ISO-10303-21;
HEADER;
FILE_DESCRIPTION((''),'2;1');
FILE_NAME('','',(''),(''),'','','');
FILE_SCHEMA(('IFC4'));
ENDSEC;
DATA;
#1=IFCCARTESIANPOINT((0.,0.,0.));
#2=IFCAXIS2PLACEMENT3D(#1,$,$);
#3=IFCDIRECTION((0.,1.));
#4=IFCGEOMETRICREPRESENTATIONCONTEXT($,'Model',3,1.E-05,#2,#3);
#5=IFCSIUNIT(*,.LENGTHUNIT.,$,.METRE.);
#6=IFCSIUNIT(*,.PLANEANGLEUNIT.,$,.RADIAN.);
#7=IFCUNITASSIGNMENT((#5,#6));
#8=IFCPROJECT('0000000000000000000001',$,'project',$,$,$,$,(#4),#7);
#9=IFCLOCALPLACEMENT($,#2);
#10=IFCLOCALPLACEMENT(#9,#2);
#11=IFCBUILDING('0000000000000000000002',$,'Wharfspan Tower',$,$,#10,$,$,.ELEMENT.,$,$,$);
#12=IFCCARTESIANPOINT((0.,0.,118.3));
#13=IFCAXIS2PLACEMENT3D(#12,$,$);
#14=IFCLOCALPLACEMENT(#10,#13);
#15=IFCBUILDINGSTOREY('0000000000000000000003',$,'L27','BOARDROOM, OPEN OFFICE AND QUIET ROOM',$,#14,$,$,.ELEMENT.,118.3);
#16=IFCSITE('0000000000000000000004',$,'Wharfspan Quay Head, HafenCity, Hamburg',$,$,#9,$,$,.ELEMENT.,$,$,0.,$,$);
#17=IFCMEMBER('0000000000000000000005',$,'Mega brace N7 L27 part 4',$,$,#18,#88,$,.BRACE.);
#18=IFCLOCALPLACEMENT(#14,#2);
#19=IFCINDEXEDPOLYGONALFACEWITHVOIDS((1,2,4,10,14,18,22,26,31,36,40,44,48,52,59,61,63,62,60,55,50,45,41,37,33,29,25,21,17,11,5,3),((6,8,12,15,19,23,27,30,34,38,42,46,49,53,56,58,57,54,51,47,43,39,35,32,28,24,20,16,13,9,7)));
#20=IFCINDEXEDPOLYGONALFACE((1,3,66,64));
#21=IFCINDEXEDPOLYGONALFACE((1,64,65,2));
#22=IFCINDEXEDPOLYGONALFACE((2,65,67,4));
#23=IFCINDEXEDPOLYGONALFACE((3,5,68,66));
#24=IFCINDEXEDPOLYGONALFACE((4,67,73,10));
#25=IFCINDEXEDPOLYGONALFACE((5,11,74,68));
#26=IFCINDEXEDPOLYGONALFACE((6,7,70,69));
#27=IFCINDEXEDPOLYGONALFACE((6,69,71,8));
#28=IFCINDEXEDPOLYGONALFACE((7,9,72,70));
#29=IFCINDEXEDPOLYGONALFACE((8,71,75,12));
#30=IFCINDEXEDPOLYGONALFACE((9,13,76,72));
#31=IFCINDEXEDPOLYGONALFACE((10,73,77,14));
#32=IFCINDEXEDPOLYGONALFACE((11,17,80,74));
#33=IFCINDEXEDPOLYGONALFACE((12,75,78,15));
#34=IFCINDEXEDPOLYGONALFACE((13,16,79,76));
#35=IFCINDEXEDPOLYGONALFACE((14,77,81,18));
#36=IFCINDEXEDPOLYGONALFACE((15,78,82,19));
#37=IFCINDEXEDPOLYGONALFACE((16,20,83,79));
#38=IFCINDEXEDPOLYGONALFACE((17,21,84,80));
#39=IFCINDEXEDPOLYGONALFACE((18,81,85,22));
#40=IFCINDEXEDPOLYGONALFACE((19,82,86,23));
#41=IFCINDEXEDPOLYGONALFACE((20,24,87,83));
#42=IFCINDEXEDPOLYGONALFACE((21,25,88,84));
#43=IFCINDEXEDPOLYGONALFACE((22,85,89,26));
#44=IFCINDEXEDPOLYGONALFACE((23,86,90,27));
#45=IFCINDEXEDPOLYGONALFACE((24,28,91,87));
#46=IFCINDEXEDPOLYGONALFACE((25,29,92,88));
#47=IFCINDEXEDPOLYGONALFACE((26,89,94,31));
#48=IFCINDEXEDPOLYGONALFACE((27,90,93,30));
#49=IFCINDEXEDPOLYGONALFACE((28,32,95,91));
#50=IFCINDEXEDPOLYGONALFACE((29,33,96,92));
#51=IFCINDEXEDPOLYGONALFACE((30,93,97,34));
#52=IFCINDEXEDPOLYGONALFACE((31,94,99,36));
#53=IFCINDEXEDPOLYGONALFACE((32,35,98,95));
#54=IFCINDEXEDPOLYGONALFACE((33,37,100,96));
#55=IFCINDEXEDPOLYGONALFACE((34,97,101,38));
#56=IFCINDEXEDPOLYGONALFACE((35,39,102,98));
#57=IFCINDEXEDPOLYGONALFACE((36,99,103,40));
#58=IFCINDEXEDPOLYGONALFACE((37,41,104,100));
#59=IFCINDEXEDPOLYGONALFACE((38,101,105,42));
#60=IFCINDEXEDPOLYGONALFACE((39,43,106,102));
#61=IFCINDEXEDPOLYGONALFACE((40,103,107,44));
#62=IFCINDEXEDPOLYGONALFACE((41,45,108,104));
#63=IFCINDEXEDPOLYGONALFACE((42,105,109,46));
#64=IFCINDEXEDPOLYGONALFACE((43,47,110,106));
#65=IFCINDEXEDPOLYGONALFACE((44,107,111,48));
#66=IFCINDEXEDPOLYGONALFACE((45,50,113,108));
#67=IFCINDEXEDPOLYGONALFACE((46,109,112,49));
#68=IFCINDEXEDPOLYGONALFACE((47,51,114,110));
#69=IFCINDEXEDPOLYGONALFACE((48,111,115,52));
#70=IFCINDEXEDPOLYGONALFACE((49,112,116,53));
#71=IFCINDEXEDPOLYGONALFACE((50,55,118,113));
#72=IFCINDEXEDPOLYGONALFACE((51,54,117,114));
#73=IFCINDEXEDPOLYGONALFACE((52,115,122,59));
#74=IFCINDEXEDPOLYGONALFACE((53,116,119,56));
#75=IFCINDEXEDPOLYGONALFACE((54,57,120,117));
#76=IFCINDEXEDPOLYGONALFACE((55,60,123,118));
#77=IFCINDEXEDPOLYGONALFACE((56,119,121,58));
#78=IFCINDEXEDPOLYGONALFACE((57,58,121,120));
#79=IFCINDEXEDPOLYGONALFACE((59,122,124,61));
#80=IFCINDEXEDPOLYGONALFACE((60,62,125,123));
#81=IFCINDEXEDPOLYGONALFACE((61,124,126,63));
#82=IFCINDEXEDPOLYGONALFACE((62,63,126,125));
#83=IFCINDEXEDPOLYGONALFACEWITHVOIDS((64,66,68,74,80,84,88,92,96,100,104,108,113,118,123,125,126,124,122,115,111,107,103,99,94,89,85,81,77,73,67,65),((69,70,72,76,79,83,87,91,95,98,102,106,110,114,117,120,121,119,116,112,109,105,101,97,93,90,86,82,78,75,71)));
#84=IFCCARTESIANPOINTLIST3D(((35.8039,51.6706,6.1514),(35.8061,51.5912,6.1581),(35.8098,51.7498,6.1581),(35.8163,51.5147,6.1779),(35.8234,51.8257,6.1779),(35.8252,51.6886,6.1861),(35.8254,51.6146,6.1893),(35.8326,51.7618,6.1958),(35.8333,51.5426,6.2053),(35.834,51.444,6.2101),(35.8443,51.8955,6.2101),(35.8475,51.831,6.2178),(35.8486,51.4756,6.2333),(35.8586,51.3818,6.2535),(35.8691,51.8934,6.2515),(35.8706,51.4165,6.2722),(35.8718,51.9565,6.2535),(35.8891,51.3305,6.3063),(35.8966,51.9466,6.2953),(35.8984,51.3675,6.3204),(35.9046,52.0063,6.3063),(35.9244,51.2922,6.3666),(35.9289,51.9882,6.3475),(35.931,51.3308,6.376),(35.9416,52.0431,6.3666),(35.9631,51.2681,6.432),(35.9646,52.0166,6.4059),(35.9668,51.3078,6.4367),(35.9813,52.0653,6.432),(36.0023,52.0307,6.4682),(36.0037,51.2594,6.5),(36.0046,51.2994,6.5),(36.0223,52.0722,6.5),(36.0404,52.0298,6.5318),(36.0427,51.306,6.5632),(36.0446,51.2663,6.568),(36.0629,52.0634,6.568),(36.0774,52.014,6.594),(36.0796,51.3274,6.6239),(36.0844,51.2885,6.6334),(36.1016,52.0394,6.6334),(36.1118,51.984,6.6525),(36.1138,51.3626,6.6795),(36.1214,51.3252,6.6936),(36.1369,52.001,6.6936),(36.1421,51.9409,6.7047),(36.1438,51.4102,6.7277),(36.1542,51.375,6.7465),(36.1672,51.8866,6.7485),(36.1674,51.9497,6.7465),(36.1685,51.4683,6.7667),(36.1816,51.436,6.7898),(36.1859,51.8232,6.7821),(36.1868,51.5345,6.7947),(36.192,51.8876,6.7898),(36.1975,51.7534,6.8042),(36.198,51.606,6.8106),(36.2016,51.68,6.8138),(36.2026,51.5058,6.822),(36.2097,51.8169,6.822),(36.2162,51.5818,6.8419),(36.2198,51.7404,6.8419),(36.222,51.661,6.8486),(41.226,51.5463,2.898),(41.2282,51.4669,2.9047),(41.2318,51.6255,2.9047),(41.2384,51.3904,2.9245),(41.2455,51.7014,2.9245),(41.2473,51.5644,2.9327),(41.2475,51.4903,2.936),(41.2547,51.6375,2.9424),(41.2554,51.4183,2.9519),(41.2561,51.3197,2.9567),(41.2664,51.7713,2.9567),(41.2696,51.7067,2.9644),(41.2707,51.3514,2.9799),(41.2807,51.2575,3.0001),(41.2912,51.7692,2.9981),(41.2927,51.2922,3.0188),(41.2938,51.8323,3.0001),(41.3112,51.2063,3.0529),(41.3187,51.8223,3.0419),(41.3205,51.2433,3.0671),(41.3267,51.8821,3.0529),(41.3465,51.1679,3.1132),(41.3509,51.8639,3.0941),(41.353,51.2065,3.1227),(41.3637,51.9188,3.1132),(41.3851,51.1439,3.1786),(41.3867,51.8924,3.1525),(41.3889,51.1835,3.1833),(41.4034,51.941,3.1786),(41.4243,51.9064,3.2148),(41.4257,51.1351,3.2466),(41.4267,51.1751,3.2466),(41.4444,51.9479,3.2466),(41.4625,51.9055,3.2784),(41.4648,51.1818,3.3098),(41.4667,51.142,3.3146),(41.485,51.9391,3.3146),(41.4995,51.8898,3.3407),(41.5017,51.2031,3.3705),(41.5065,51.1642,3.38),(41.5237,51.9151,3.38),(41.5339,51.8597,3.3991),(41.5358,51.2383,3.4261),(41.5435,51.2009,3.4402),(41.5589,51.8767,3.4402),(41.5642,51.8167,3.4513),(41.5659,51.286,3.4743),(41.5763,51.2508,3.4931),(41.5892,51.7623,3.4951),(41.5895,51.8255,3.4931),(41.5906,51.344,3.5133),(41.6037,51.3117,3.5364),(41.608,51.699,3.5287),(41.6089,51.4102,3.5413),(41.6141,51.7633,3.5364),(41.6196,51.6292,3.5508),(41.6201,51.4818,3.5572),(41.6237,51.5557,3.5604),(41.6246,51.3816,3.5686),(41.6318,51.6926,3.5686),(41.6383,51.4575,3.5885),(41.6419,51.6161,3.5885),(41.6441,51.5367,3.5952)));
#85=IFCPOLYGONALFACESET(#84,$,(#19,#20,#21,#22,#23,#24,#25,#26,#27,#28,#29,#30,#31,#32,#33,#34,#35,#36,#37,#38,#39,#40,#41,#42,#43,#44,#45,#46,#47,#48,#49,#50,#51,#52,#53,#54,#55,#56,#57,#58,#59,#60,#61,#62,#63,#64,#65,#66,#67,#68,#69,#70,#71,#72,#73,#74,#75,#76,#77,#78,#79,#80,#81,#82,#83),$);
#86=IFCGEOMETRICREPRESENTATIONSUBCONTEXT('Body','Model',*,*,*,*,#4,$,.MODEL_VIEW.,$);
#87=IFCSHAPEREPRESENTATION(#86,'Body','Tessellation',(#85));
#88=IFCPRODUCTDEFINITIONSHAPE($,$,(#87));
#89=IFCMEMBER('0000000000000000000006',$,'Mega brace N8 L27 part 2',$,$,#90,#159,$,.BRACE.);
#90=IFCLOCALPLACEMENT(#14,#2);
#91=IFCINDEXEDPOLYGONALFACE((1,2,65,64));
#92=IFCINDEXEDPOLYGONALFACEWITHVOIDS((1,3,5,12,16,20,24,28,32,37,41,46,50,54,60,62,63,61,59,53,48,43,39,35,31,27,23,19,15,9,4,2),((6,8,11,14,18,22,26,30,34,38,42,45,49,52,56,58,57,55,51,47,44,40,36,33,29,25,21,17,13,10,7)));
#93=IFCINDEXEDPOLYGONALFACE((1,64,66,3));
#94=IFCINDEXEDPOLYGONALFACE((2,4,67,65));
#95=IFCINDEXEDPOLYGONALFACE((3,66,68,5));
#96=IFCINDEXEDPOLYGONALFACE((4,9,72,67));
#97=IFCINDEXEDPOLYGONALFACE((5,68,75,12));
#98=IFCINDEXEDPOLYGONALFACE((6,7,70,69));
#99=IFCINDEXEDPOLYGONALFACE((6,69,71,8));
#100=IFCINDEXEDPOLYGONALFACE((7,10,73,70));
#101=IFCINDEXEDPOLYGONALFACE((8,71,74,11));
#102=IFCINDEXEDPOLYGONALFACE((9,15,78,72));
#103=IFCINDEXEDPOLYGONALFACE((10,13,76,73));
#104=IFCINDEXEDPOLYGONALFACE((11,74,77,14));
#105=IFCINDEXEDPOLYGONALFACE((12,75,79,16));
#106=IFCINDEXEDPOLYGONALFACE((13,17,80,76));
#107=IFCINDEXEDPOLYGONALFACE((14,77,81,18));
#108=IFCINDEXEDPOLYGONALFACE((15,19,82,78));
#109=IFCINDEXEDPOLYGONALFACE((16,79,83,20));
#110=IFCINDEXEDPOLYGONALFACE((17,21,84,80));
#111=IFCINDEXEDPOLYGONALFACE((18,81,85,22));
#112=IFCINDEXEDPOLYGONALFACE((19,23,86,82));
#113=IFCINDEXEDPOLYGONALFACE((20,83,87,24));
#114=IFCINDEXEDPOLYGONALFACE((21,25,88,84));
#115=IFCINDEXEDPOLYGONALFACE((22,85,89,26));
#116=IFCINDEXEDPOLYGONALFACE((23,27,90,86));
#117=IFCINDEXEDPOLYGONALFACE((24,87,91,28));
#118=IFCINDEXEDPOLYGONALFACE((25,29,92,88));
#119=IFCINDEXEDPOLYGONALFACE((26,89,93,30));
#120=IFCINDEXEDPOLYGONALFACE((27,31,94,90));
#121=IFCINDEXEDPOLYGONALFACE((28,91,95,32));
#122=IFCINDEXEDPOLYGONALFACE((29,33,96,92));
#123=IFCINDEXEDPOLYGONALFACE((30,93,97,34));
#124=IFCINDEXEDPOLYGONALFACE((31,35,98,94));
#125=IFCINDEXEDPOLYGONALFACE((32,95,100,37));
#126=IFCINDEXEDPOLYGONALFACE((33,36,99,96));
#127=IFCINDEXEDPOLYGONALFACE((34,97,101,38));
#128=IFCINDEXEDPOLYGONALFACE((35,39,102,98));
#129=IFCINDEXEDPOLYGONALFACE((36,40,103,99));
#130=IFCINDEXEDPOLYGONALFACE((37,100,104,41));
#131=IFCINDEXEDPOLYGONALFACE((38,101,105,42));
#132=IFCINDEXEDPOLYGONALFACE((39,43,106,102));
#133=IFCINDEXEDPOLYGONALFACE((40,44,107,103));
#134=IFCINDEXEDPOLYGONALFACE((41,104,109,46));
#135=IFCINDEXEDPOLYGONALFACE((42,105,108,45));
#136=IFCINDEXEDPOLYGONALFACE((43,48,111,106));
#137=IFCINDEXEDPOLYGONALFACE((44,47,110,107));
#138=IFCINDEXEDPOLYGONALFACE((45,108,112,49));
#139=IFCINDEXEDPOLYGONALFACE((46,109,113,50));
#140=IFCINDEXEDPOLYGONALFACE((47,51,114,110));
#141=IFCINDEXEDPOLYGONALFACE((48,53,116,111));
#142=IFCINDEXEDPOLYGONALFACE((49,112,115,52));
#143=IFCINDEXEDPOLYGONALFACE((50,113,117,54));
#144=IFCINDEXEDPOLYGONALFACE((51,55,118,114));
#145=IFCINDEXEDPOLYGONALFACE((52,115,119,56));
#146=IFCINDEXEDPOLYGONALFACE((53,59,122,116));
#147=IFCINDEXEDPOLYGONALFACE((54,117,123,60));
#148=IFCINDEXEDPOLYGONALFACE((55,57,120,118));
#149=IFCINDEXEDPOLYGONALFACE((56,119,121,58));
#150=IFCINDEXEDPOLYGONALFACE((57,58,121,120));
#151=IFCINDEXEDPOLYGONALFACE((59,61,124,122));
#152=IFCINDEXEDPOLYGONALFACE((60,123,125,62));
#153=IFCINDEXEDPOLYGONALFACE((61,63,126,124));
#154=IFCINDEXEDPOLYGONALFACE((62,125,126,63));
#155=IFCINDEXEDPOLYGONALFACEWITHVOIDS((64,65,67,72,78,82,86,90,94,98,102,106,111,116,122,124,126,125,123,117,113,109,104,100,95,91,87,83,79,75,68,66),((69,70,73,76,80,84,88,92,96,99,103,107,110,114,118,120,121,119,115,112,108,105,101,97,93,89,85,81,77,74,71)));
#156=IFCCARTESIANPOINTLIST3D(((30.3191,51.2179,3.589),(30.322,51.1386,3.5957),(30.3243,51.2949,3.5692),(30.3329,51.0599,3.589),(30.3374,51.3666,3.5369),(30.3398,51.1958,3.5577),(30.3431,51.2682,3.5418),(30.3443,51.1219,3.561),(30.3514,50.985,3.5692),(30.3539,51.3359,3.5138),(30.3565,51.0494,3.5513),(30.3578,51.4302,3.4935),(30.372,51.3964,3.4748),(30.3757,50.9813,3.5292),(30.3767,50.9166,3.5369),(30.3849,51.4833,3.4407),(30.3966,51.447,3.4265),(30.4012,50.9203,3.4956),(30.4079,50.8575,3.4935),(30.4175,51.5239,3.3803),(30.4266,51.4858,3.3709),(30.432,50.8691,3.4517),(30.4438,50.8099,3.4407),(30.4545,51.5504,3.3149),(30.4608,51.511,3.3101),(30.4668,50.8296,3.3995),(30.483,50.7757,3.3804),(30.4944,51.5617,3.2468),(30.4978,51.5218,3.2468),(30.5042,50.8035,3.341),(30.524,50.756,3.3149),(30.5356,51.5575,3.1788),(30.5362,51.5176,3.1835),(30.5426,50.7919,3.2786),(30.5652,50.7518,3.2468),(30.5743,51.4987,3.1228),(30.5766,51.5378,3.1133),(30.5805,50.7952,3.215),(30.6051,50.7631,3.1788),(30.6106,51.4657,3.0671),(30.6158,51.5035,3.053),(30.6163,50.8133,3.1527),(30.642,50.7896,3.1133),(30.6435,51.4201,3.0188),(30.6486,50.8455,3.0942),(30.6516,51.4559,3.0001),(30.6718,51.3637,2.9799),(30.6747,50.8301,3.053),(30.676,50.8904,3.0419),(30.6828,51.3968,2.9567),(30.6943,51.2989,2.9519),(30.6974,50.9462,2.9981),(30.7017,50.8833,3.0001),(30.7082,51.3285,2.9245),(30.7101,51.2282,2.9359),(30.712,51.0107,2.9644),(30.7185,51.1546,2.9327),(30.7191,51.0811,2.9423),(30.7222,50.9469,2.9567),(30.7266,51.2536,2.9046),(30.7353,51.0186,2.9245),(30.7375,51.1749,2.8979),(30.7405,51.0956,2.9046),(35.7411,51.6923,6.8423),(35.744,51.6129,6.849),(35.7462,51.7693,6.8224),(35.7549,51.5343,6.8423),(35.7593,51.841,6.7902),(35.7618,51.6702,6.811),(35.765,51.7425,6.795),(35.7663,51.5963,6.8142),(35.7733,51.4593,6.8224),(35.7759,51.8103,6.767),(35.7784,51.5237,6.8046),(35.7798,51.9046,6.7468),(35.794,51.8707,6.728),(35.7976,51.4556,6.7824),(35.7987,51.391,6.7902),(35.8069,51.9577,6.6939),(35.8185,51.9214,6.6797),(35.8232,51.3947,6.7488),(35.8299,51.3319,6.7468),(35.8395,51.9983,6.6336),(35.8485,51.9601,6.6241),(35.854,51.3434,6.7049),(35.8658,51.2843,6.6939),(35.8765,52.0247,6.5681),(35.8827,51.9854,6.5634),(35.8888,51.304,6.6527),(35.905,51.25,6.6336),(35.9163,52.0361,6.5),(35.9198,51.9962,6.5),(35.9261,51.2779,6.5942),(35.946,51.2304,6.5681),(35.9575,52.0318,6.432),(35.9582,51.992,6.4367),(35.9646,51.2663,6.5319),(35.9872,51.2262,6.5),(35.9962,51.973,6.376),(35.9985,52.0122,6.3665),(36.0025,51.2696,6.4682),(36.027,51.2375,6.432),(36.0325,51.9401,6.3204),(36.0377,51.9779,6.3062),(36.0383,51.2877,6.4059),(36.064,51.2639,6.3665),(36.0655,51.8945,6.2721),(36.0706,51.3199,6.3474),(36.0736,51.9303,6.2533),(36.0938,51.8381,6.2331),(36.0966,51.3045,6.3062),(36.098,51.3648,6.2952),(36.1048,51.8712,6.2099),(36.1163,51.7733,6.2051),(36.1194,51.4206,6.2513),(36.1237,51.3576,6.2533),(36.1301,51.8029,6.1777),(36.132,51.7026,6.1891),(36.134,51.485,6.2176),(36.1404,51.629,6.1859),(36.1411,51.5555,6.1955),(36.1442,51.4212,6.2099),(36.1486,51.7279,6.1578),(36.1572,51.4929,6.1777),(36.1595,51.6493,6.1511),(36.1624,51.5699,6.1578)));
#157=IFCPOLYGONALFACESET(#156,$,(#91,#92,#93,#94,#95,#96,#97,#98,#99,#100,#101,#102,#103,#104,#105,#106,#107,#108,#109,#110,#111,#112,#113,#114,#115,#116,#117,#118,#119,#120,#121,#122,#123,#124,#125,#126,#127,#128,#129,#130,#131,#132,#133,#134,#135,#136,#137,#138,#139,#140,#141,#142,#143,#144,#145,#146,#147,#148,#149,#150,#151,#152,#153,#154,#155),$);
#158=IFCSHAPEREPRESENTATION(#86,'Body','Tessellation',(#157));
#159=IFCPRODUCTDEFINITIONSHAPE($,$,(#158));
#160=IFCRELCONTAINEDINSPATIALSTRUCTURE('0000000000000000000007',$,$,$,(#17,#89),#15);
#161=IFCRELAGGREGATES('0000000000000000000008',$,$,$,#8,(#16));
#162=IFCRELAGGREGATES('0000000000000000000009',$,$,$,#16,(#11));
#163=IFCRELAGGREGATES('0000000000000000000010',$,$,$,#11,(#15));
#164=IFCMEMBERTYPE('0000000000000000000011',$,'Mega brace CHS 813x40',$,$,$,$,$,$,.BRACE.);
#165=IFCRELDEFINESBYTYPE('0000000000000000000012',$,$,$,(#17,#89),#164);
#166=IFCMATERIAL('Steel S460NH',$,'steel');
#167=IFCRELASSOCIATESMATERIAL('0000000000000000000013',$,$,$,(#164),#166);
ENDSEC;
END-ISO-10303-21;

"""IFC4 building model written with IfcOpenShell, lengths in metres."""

from ifc_helpers import new_model, si_unit, direction, frame, origin, origin_2d, place, context, subcontext, project, spatial, hollow_circle, extrude, material, material_profile, profile_set, type_object, element, save


model = new_model("IFC4")

# Units and contexts
model_context = context("Model", 3, precision=1e-05, world=origin(), true_north=direction((0.0, 1.0)))
body_context = subcontext(model_context, "Body", "Model", "MODEL_VIEW")
ifc_project = project(units=[si_unit("LENGTHUNIT", "METRE"), si_unit("PLANEANGLEUNIT", "RADIAN")], contexts=[model_context])

# Site, building, storey
site_placement = place(None, origin())
site = spatial("IfcSite", under=ifc_project, at=site_placement, Name="Wharfspan Quay Head, HafenCity, Hamburg", CompositionType="ELEMENT", RefElevation=0.0)
building_placement = place(site_placement, origin())
building = spatial("IfcBuilding", under=site, at=building_placement, Name="Wharfspan Tower", CompositionType="ELEMENT")
storey_placement = place(building_placement, frame((0.0, 0.0, 118.3)))
storey = spatial("IfcBuildingStorey", under=building, at=storey_placement, Name="L27", Description="BOARDROOM, OPEN OFFICE AND QUIET ROOM", CompositionType="ELEMENT", Elevation=118.3)

# Members
ifc_material_1 = material(Name="Steel S460NH", Category="steel")
ifc_material_profile_1 = material_profile(ifc_material_1, hollow_circle(Radius=0.4065, WallThickness=0.04, at=origin_2d()))
ifc_profile_set_1 = profile_set([ifc_material_profile_1], Name="Steel S460NH")
member_type = type_object("IfcMemberType", Name="Mega brace CHS 813x40", PredefinedType="BRACE", material=ifc_profile_set_1)
member_1_placement = place(storey_placement, frame((41.4351, 51.5415, 3.2466), z_axis=(-0.857317, 0.019649, 0.514413), x_axis=(-0.022912, -0.999739, 0.000002)))
element("IfcMember", 1, at=member_1_placement, inside=storey, type_object=member_type, Name="Mega brace N7 L27 part 4", PredefinedType="BRACE", context=body_context, shape_type="SweptSolid", body=[
    extrude(hollow_circle(Radius=0.4065, WallThickness=0.04, at=origin_2d()), origin(), (0.0, 0.0, 1.0), 6.3245),
])
member_2_placement = place(storey_placement, frame((30.5298, 51.1567, 3.2468), z_axis=(0.855087, 0.074812, 0.51306), x_axis=(-0.087157, 0.996195, -0.000001)))
element("IfcMember", 2, at=member_2_placement, inside=storey, type_object=member_type, Name="Mega brace N8 L27 part 2", PredefinedType="BRACE", context=body_context, shape_type="SweptSolid", body=[
    extrude(hollow_circle(Radius=0.4065, WallThickness=0.04, at=origin_2d()), origin(), (0.0, 0.0, 1.0), 6.3408),
])

save(model, "model.ifc")
